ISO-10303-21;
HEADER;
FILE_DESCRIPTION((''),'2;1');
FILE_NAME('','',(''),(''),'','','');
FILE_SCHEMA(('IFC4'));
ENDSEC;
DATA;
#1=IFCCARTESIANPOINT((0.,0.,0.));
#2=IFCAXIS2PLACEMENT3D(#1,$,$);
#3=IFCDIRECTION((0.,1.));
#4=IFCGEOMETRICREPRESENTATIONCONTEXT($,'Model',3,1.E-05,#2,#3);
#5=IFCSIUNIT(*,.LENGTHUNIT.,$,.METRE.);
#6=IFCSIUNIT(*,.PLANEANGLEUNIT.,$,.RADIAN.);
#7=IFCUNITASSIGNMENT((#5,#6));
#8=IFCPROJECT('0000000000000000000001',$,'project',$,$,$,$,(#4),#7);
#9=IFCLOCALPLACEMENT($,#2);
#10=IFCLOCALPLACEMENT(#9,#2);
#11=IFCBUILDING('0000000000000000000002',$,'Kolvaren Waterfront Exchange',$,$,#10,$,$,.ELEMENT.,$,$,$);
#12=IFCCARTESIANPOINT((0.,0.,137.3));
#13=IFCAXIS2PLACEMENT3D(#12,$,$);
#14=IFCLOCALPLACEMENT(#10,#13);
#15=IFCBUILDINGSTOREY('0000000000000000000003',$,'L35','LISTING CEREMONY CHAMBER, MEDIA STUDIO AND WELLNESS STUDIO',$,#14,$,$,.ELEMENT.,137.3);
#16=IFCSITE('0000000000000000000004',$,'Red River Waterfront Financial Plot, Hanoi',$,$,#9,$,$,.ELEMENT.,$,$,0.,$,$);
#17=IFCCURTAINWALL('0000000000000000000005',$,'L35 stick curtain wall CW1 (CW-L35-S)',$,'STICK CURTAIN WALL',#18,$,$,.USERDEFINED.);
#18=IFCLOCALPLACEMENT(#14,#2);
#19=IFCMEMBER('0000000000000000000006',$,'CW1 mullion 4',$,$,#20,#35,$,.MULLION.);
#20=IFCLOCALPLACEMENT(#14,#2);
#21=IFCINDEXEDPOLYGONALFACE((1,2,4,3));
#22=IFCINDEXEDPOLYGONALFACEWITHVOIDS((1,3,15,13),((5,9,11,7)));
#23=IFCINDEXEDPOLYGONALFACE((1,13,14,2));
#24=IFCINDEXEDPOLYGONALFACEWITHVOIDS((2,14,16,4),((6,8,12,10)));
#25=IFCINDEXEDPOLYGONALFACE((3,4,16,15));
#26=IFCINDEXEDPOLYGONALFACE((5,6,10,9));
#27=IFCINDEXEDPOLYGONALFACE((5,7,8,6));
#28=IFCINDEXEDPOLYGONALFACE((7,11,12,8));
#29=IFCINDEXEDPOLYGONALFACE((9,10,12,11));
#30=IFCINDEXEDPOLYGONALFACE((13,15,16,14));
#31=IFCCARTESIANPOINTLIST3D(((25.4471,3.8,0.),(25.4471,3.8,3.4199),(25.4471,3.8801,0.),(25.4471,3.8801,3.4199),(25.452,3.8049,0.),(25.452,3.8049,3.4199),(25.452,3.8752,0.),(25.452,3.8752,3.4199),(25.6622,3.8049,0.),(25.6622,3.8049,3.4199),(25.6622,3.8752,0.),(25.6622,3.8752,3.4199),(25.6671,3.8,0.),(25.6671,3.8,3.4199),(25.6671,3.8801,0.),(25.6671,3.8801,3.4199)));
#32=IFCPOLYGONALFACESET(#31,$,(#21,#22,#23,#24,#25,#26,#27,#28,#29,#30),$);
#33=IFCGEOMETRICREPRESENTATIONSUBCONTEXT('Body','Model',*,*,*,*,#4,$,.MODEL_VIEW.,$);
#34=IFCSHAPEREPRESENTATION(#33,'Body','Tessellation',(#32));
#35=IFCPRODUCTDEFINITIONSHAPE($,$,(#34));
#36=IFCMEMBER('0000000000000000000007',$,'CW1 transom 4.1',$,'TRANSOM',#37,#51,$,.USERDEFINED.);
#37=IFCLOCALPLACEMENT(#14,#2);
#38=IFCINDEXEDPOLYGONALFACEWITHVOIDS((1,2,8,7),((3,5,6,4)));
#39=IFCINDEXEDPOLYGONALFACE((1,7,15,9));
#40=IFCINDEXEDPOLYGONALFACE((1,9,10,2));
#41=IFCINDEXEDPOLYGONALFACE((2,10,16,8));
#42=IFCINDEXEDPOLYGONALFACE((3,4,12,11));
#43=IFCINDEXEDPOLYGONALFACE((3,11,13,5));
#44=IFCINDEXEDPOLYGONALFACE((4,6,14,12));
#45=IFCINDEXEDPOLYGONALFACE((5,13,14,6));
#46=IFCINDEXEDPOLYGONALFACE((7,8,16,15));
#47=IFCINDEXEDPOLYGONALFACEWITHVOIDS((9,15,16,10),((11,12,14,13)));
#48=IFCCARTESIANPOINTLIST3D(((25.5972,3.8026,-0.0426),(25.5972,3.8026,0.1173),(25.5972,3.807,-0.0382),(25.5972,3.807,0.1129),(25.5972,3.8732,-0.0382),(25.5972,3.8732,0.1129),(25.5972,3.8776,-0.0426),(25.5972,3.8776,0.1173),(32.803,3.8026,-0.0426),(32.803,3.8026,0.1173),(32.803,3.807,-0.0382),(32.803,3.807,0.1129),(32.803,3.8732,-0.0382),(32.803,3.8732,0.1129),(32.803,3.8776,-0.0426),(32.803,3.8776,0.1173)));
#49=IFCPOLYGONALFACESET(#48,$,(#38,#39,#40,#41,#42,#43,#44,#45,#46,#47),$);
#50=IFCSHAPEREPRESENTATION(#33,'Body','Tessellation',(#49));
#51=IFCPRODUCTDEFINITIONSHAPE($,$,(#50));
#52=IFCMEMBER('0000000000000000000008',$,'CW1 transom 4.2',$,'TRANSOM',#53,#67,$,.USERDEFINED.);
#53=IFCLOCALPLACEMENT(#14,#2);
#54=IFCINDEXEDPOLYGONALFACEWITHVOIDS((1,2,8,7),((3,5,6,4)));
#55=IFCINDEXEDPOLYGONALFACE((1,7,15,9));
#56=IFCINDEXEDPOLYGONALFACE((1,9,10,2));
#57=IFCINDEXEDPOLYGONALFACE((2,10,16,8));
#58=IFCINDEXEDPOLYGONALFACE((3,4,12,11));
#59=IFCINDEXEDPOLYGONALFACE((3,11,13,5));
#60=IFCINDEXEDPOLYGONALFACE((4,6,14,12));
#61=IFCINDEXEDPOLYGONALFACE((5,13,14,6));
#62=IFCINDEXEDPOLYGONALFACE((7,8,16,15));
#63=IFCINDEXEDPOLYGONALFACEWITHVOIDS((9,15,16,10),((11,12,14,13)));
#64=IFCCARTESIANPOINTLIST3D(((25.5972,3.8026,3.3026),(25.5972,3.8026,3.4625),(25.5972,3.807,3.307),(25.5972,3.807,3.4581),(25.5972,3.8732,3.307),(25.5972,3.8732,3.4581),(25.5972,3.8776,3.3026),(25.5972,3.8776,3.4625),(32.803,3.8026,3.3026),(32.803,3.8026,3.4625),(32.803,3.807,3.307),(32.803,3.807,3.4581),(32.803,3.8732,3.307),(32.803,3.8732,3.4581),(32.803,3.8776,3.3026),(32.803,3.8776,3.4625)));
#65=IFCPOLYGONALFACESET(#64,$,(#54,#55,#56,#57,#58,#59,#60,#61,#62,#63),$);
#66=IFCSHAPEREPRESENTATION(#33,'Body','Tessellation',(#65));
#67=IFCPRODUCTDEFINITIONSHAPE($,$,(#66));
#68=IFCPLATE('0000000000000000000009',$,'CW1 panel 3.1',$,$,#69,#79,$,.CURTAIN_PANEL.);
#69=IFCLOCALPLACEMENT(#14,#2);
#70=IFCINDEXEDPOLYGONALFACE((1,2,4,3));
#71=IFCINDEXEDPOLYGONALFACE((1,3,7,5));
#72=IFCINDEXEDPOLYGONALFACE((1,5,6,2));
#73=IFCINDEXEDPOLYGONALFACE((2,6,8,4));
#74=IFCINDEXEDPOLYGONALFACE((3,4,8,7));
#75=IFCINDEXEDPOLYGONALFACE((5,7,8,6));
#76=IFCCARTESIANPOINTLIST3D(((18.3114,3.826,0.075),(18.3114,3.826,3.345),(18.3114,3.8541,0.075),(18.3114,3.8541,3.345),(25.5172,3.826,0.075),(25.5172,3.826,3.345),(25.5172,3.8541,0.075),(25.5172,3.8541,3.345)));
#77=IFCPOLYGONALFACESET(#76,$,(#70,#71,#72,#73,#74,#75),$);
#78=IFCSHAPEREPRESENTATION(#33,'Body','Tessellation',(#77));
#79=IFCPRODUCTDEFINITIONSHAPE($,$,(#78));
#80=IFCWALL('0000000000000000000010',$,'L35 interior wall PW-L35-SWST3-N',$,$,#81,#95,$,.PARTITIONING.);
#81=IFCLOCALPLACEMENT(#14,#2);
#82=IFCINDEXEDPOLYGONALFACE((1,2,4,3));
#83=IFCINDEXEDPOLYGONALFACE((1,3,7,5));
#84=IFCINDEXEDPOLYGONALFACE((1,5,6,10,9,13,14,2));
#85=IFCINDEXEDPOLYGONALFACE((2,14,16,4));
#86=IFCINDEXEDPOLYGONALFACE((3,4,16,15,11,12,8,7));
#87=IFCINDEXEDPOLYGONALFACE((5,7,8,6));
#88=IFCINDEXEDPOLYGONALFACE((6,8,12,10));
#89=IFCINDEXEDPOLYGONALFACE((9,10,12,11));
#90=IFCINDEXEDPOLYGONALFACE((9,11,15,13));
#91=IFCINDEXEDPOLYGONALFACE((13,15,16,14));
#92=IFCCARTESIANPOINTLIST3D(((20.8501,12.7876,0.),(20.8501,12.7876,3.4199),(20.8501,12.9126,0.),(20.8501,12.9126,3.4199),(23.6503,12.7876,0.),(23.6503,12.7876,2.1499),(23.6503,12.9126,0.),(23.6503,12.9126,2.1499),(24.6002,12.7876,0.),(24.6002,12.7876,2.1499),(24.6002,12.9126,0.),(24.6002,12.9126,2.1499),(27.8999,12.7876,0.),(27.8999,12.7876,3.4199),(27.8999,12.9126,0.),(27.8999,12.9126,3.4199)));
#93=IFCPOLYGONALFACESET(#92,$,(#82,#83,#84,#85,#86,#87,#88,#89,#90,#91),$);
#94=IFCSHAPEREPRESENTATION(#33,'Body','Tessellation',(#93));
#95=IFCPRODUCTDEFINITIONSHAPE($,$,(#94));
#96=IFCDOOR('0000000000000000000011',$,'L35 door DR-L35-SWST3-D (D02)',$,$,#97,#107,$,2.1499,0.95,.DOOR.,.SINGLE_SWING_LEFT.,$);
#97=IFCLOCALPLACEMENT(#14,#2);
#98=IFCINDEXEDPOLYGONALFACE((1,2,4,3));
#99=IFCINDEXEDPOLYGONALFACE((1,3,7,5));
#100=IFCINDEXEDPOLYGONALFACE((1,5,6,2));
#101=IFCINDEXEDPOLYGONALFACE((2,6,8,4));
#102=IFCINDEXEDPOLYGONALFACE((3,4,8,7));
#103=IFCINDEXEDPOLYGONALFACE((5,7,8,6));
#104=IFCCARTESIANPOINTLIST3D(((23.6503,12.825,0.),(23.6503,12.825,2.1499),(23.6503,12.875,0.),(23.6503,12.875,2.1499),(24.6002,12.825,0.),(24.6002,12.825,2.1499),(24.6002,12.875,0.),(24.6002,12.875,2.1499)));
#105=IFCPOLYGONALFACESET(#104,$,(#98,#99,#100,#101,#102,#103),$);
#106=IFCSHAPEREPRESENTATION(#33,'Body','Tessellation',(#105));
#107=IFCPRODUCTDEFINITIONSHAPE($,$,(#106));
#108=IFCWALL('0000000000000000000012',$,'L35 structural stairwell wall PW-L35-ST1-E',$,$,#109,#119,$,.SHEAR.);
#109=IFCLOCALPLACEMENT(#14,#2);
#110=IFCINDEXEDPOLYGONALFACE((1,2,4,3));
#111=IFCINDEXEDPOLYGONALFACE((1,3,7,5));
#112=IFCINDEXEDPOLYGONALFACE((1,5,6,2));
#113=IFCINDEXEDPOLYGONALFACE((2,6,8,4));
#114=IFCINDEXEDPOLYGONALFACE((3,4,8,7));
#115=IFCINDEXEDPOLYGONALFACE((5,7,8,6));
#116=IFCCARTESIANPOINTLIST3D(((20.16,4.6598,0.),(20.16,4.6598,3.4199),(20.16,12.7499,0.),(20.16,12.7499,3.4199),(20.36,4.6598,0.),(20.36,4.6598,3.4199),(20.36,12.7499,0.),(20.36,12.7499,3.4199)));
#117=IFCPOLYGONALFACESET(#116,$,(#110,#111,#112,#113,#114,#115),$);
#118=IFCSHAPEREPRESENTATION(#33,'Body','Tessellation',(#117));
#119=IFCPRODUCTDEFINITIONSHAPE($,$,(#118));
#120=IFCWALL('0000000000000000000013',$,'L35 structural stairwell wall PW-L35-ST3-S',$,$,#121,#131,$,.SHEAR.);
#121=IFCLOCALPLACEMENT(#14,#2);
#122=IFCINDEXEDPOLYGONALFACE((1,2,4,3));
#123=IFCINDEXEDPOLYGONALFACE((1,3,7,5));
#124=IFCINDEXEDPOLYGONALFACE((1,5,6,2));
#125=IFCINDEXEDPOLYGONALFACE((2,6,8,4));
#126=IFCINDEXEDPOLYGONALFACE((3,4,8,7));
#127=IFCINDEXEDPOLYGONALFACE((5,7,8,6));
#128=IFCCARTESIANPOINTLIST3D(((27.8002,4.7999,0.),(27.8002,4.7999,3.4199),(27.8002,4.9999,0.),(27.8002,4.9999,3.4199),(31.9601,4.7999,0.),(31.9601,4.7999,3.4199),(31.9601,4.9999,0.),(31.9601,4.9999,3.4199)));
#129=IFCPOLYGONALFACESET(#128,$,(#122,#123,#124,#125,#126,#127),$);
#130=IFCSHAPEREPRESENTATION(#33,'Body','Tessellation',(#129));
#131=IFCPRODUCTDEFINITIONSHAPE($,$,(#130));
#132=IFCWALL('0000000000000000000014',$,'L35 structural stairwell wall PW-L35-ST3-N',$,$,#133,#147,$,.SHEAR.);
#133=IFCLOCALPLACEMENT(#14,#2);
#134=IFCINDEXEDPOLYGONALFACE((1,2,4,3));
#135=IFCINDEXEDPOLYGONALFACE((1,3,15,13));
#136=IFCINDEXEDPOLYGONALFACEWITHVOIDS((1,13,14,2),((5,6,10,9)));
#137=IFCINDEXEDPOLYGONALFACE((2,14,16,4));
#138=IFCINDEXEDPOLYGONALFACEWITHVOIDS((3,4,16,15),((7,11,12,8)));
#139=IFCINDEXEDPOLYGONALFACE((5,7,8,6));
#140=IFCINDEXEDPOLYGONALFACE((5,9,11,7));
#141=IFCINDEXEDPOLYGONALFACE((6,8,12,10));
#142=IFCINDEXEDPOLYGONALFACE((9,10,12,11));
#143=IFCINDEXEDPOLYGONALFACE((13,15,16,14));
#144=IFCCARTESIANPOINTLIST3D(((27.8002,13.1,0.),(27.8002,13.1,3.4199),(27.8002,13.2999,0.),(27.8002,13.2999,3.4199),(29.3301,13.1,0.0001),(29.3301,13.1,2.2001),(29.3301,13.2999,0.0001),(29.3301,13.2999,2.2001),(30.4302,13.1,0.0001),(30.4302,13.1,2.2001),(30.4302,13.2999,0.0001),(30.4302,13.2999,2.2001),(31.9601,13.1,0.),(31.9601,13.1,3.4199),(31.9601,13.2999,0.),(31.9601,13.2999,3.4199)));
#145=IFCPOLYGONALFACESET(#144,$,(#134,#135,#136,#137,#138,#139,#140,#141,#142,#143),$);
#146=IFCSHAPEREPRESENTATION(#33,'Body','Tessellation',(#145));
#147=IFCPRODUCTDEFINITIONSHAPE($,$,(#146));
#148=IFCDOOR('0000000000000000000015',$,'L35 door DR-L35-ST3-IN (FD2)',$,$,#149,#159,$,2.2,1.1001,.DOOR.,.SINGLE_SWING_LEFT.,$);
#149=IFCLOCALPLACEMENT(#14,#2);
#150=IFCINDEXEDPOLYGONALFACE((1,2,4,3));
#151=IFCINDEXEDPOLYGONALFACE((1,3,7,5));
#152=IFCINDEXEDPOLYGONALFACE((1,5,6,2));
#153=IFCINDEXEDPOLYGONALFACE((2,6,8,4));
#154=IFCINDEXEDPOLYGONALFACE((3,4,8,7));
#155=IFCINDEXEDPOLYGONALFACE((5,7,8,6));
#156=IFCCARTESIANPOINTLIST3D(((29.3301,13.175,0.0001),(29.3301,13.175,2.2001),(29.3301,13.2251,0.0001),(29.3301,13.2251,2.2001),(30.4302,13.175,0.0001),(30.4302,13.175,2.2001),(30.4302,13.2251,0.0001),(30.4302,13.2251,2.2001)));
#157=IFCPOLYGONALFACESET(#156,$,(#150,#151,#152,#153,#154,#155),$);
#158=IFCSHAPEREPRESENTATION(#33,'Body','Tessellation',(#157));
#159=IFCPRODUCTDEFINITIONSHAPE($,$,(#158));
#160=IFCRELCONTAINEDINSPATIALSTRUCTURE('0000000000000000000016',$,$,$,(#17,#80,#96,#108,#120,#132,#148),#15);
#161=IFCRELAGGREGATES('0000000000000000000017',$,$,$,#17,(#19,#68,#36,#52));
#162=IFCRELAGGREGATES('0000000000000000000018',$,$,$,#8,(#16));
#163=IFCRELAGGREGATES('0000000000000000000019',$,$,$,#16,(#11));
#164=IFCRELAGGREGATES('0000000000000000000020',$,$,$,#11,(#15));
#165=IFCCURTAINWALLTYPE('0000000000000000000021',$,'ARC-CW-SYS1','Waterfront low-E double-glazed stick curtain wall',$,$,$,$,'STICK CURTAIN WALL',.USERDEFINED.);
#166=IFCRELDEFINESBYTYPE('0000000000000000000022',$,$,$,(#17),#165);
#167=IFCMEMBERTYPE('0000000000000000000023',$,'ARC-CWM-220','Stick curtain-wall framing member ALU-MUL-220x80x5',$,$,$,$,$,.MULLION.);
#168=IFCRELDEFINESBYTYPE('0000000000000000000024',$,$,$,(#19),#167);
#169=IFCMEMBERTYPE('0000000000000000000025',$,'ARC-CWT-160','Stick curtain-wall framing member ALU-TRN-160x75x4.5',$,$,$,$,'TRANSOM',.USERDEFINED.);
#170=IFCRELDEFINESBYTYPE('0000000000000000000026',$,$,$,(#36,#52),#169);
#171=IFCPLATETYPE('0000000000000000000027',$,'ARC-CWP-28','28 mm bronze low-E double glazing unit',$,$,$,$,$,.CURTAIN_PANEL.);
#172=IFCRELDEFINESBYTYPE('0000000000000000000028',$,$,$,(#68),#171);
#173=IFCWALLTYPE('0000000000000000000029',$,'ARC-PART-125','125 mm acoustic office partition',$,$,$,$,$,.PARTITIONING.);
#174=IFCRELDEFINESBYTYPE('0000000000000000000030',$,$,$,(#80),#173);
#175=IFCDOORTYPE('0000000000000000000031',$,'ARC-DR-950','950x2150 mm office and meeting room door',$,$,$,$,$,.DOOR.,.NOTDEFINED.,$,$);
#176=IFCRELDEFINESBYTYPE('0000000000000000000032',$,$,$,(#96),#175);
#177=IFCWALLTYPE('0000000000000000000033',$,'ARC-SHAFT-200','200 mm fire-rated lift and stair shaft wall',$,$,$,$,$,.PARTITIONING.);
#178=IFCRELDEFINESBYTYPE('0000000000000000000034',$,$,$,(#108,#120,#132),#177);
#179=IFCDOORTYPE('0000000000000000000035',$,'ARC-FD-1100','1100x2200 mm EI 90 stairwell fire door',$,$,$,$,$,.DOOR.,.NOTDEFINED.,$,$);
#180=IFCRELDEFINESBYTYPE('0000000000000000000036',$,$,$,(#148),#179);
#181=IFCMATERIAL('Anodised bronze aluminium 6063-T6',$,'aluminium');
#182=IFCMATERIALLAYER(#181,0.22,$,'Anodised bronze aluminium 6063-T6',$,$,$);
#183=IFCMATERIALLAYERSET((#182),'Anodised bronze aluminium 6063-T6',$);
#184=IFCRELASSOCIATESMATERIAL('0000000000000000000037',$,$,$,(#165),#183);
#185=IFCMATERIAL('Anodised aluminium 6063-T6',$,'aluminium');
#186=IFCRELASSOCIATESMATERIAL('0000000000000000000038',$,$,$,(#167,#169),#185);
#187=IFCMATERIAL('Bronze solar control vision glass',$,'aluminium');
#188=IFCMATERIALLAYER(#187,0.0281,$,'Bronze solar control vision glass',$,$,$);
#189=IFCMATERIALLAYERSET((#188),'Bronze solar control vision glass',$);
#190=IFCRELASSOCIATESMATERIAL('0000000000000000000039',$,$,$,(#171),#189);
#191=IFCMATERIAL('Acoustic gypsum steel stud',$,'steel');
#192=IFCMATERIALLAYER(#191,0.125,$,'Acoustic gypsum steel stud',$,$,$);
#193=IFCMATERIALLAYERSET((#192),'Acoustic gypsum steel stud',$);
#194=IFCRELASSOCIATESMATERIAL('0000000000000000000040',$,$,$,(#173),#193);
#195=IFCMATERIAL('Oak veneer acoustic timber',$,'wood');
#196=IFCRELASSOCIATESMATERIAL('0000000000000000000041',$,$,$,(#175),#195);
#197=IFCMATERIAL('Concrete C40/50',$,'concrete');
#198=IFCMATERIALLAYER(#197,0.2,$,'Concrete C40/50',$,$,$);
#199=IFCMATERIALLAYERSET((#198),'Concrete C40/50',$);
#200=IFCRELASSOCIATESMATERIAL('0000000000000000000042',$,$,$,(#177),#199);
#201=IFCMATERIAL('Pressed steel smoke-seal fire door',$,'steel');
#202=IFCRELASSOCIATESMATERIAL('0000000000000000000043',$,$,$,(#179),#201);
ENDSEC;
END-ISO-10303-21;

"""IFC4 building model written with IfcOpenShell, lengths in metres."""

from ifc_helpers import new_model, si_unit, direction, frame, frame_2d, origin, origin_with_axes, origin_2d, place, context, subcontext, project, spatial, rectangle, hollow_rectangle, extrude, source, transform, mapped, material, layer, layer_set, material_profile, profile_set, type_object, element, fill, aggregate, save


model = new_model("IFC4")

# Units and contexts
model_context = context("Model", 3, precision=1e-05, world=origin(), true_north=direction((0.0, 1.0)))
body_context = subcontext(model_context, "Body", "Model", "MODEL_VIEW")
ifc_project = project(units=[si_unit("LENGTHUNIT", "METRE"), si_unit("PLANEANGLEUNIT", "RADIAN")], contexts=[model_context])

# Site, building, storey
site_placement = place(None, origin())
site = spatial("IfcSite", under=ifc_project, at=site_placement, Name="Red River Waterfront Financial Plot, Hanoi", CompositionType="ELEMENT", RefElevation=0.0)
building_placement = place(site_placement, origin())
building = spatial("IfcBuilding", under=site, at=building_placement, Name="Kolvaren Waterfront Exchange", CompositionType="ELEMENT")
storey_placement = place(building_placement, frame((0.0, 0.0, 137.3)))
storey = spatial("IfcBuildingStorey", under=building, at=storey_placement, Name="L35", Description="LISTING CEREMONY CHAMBER, MEDIA STUDIO AND WELLNESS STUDIO", CompositionType="ELEMENT", Elevation=137.3)

# Shared definitions
ifc_material_1 = material(Name="Anodised bronze aluminium 6063-T6", Category="aluminium")

# Curtain wall, members, plate
ifc_layer_1 = layer(ifc_material_1, 0.22, Name="Anodised bronze aluminium 6063-T6")
ifc_layer_set_1 = layer_set([ifc_layer_1], Name="Anodised bronze aluminium 6063-T6")
curtain_wall_type_1 = type_object("IfcCurtainWallType", Name="ARC-CW-SYS1", Description="Waterfront low-E double-glazed stick curtain wall", ElementType="STICK CURTAIN WALL", PredefinedType="USERDEFINED", material=ifc_layer_set_1)
curtain_wall_1_placement = place(storey_placement, origin())
curtain_wall_1 = element("IfcCurtainWall", 1, at=curtain_wall_1_placement, inside=storey, type_object=curtain_wall_type_1, Name="L35 stick curtain wall CW1 (CW-L35-S)", ObjectType="STICK CURTAIN WALL", PredefinedType="USERDEFINED")
ifc_material_2 = material(Name="Anodised aluminium 6063-T6", Category="aluminium")
ifc_material_profile_1 = material_profile(ifc_material_2, hollow_rectangle(XDim=0.0801, YDim=0.22, WallThickness=0.0049, at=origin_2d()), Name="ALU-MUL-220x80x5")
ifc_profile_set_1 = profile_set([ifc_material_profile_1], Name="Anodised aluminium 6063-T6")
member_type_1 = type_object("IfcMemberType", Name="ARC-CWM-220", Description="Stick curtain-wall framing member ALU-MUL-220x80x5", PredefinedType="MULLION", material=ifc_profile_set_1)
shared_shape_1 = source(origin_with_axes(), body_context, "Body", "SweptSolid", [
    extrude(hollow_rectangle(XDim=0.0801, YDim=0.22, WallThickness=0.0049, at=origin_2d()), origin(), (0.0, 0.0, 1.0), 3.4199),
])
member_1_placement = place(storey_placement, frame((25.5571, 3.8401, 0.0), z_axis=(0.0, 0.0, 1.0), x_axis=(0.0, 1.0, 0.0)))
member_1 = element("IfcMember", 2, at=member_1_placement, type_object=member_type_1, Name="CW1 mullion 4", PredefinedType="MULLION", context=body_context, shape_type="MappedRepresentation", body=[
    mapped(shared_shape_1, transform((0.0, 0.0, 0.0), x_axis=(1.0, 0.0, 0.0), y_axis=(0.0, 1.0, 0.0), z_axis=(0.0, 0.0, 1.0), scale=1.0)),
])
ifc_material_profile_2 = material_profile(ifc_material_2, hollow_rectangle(XDim=0.075, YDim=0.1599, WallThickness=0.0044, at=origin_2d()), Name="ALU-TRN-160x75x4.5")
ifc_profile_set_2 = profile_set([ifc_material_profile_2], Name="Anodised aluminium 6063-T6")
member_type_2 = type_object("IfcMemberType", Name="ARC-CWT-160", Description="Stick curtain-wall framing member ALU-TRN-160x75x4.5", ElementType="TRANSOM", PredefinedType="USERDEFINED", material=ifc_profile_set_2)
shared_shape_2 = source(origin_with_axes(), body_context, "Body", "SweptSolid", [
    extrude(hollow_rectangle(XDim=0.075, YDim=0.1599, WallThickness=0.0044, at=origin_2d()), origin(), (0.0, 0.0, 1.0), 7.2058),
])
member_2_placement = place(storey_placement, frame((25.5972, 3.8401, 0.0374), z_axis=(1.0, 0.0, 0.0), x_axis=(0.0, 1.0, 0.0)))
member_2 = element("IfcMember", 3, at=member_2_placement, type_object=member_type_2, Name="CW1 transom 4.1", ObjectType="TRANSOM", PredefinedType="USERDEFINED", context=body_context, shape_type="MappedRepresentation", body=[
    mapped(shared_shape_2, transform((0.0, 0.0, 0.0), x_axis=(1.0, 0.0, 0.0), y_axis=(0.0, 1.0, 0.0), z_axis=(0.0, 0.0, 1.0), scale=1.0)),
])
member_3_placement = place(storey_placement, frame((25.5972, 3.8401, 3.3826), z_axis=(1.0, 0.0, 0.0), x_axis=(0.0, 1.0, 0.0)))
member_3 = element("IfcMember", 4, at=member_3_placement, type_object=member_type_2, Name="CW1 transom 4.2", ObjectType="TRANSOM", PredefinedType="USERDEFINED", context=body_context, shape_type="MappedRepresentation", body=[
    mapped(shared_shape_2, transform((0.0, 0.0, 0.0), x_axis=(1.0, 0.0, 0.0), y_axis=(0.0, 1.0, 0.0), z_axis=(0.0, 0.0, 1.0), scale=1.0)),
])
ifc_material_3 = material(Name="Bronze solar control vision glass", Category="aluminium")
ifc_layer_2 = layer(ifc_material_3, 0.0281, Name="Bronze solar control vision glass")
ifc_layer_set_2 = layer_set([ifc_layer_2], Name="Bronze solar control vision glass")
plate_type = type_object("IfcPlateType", Name="ARC-CWP-28", Description="28 mm bronze low-E double glazing unit", PredefinedType="CURTAIN_PANEL", material=ifc_layer_set_2)
shared_shape_3 = source(origin_with_axes(), body_context, "Body", "SweptSolid", [
    extrude(rectangle(XDim=7.2058, YDim=0.0281, at=origin_2d()), origin(), (0.0, 0.0, 1.0), 3.27),
])
plate_placement = place(storey_placement, frame((21.9143, 3.8401, 0.075), z_axis=(0.0, 0.0, 1.0), x_axis=(1.0, 0.0, 0.0)))
plate = element("IfcPlate", 5, at=plate_placement, type_object=plate_type, Name="CW1 panel 3.1", PredefinedType="CURTAIN_PANEL", context=body_context, shape_type="MappedRepresentation", body=[
    mapped(shared_shape_3, transform((0.0, 0.0, 0.0), x_axis=(1.0, 0.0, 0.0), y_axis=(0.0, 1.0, 0.0), z_axis=(0.0, 0.0, 1.0), scale=1.0)),
])
aggregate(curtain_wall_1, [member_1, plate, member_2, member_3])

# Wall, opening, door
ifc_material_4 = material(Name="Acoustic gypsum steel stud", Category="steel")
ifc_layer_3 = layer(ifc_material_4, 0.125, Name="Acoustic gypsum steel stud")
ifc_layer_set_3 = layer_set([ifc_layer_3], Name="Acoustic gypsum steel stud")
wall_type_1 = type_object("IfcWallType", Name="ARC-PART-125", Description="125 mm acoustic office partition", PredefinedType="PARTITIONING", material=ifc_layer_set_3)
wall_1_placement = place(storey_placement, frame((20.8501, 12.8501, 0.0), z_axis=(0.0, 0.0, 1.0), x_axis=(1.0, 0.0, 0.0)))
wall_1 = element("IfcWall", 6, at=wall_1_placement, inside=storey, type_object=wall_type_1, Name="L35 interior wall PW-L35-SWST3-N", PredefinedType="PARTITIONING", context=body_context, shape_type="SweptSolid", body=[
    extrude(rectangle(XDim=7.0498, YDim=0.125, at=frame_2d((3.5249, 0.0))), origin(), (0.0, 0.0, 1.0), 3.4199),
])
opening_1_placement = place(wall_1_placement, frame((2.8, 0.0, 0.0)))
opening_1 = element("IfcOpeningElement", 7, at=opening_1_placement, cuts=wall_1, PredefinedType="OPENING", context=body_context, shape_type="SweptSolid", body=[
    extrude(rectangle(XDim=0.95, YDim=2.1499, at=frame_2d((0.4751, 1.075))), frame((0.0, 0.0725, 0.0), z_axis=(0.0, -1.0, 0.0), x_axis=(1.0, 0.0, 0.0)), (0.0, 0.0, 1.0), 0.145),
])
ifc_material_5 = material(Name="Oak veneer acoustic timber", Category="wood")
door_type_1 = type_object("IfcDoorType", Name="ARC-DR-950", Description="950x2150 mm office and meeting room door", OperationType="NOTDEFINED", PredefinedType="DOOR", material=ifc_material_5)
door_1_placement = place(opening_1_placement, origin())
door_1 = element("IfcDoor", 8, at=door_1_placement, inside=storey, type_object=door_type_1, Name="L35 door DR-L35-SWST3-D (D02)", OperationType="SINGLE_SWING_LEFT", OverallHeight=2.1499, OverallWidth=0.95, PredefinedType="DOOR", context=body_context, shape_type="SweptSolid", body=[
    extrude(rectangle(XDim=0.95, YDim=2.1499, at=frame_2d((0.4751, 1.075))), frame((0.0, 0.0249, 0.0), z_axis=(0.0, -1.0, 0.0), x_axis=(1.0, 0.0, 0.0)), (0.0, 0.0, 1.0), 0.05),
])
fill(opening_1, door_1)

# Walls
ifc_material_6 = material(Name="Concrete C40/50", Category="concrete")
ifc_layer_4 = layer(ifc_material_6, 0.2, Name="Concrete C40/50")
ifc_layer_set_4 = layer_set([ifc_layer_4], Name="Concrete C40/50")
wall_type_2 = type_object("IfcWallType", Name="ARC-SHAFT-200", Description="200 mm fire-rated lift and stair shaft wall", PredefinedType="PARTITIONING", material=ifc_layer_set_4)
wall_2_placement = place(storey_placement, frame((20.26, 4.6599, 0.0), z_axis=(0.0, 0.0, 1.0), x_axis=(0.0, 1.0, 0.0)))
element("IfcWall", 9, at=wall_2_placement, inside=storey, type_object=wall_type_2, Name="L35 structural stairwell wall PW-L35-ST1-E", PredefinedType="SHEAR", context=body_context, shape_type="SweptSolid", body=[
    extrude(rectangle(XDim=8.0901, YDim=0.2, at=frame_2d((4.0449, 0.0))), origin(), (0.0, 0.0, 1.0), 3.4199),
])
wall_3_placement = place(storey_placement, frame((27.8, 4.8999, 0.0), z_axis=(0.0, 0.0, 1.0), x_axis=(1.0, 0.0, 0.0)))
element("IfcWall", 10, at=wall_3_placement, inside=storey, type_object=wall_type_2, Name="L35 structural stairwell wall PW-L35-ST3-S", PredefinedType="SHEAR", context=body_context, shape_type="SweptSolid", body=[
    extrude(rectangle(XDim=4.1599, YDim=0.2, at=frame_2d((2.0801, 0.0))), origin(), (0.0, 0.0, 1.0), 3.4199),
])

# Wall, opening, door
wall_4_placement = place(storey_placement, frame((27.8, 13.2, 0.0), z_axis=(0.0, 0.0, 1.0), x_axis=(1.0, 0.0, 0.0)))
wall_4 = element("IfcWall", 11, at=wall_4_placement, inside=storey, type_object=wall_type_2, Name="L35 structural stairwell wall PW-L35-ST3-N", PredefinedType="SHEAR", context=body_context, shape_type="SweptSolid", body=[
    extrude(rectangle(XDim=4.1599, YDim=0.2, at=frame_2d((2.0801, 0.0))), origin(), (0.0, 0.0, 1.0), 3.4199),
])
opening_2_placement = place(wall_4_placement, frame((1.53, 0.0, 0.0)))
opening_2 = element("IfcOpeningElement", 12, at=opening_2_placement, cuts=wall_4, PredefinedType="OPENING", context=body_context, shape_type="SweptSolid", body=[
    extrude(rectangle(XDim=1.1001, YDim=2.2, at=frame_2d((0.55, 1.1001))), frame((0.0, 0.1099, 0.0), z_axis=(0.0, -1.0, 0.0), x_axis=(1.0, 0.0, 0.0)), (0.0, 0.0, 1.0), 0.22),
])
ifc_material_7 = material(Name="Pressed steel smoke-seal fire door", Category="steel")
door_type_2 = type_object("IfcDoorType", Name="ARC-FD-1100", Description="1100x2200 mm EI 90 stairwell fire door", OperationType="NOTDEFINED", PredefinedType="DOOR", material=ifc_material_7)
door_2_placement = place(opening_2_placement, frame((1.1001, 0.0, 0.0), z_axis=(0.0, 0.0, 1.0), x_axis=(-1.0, 0.0, 0.0)))
door_2 = element("IfcDoor", 13, at=door_2_placement, inside=storey, type_object=door_type_2, Name="L35 door DR-L35-ST3-IN (FD2)", OperationType="SINGLE_SWING_LEFT", OverallHeight=2.2, OverallWidth=1.1001, PredefinedType="DOOR", context=body_context, shape_type="SweptSolid", body=[
    extrude(rectangle(XDim=1.1001, YDim=2.2, at=frame_2d((0.55, 1.1001))), frame((0.0, 0.0249, 0.0), z_axis=(0.0, -1.0, 0.0), x_axis=(1.0, 0.0, 0.0)), (0.0, 0.0, 1.0), 0.05),
])
fill(opening_2, door_2)

save(model, "model.ifc")
